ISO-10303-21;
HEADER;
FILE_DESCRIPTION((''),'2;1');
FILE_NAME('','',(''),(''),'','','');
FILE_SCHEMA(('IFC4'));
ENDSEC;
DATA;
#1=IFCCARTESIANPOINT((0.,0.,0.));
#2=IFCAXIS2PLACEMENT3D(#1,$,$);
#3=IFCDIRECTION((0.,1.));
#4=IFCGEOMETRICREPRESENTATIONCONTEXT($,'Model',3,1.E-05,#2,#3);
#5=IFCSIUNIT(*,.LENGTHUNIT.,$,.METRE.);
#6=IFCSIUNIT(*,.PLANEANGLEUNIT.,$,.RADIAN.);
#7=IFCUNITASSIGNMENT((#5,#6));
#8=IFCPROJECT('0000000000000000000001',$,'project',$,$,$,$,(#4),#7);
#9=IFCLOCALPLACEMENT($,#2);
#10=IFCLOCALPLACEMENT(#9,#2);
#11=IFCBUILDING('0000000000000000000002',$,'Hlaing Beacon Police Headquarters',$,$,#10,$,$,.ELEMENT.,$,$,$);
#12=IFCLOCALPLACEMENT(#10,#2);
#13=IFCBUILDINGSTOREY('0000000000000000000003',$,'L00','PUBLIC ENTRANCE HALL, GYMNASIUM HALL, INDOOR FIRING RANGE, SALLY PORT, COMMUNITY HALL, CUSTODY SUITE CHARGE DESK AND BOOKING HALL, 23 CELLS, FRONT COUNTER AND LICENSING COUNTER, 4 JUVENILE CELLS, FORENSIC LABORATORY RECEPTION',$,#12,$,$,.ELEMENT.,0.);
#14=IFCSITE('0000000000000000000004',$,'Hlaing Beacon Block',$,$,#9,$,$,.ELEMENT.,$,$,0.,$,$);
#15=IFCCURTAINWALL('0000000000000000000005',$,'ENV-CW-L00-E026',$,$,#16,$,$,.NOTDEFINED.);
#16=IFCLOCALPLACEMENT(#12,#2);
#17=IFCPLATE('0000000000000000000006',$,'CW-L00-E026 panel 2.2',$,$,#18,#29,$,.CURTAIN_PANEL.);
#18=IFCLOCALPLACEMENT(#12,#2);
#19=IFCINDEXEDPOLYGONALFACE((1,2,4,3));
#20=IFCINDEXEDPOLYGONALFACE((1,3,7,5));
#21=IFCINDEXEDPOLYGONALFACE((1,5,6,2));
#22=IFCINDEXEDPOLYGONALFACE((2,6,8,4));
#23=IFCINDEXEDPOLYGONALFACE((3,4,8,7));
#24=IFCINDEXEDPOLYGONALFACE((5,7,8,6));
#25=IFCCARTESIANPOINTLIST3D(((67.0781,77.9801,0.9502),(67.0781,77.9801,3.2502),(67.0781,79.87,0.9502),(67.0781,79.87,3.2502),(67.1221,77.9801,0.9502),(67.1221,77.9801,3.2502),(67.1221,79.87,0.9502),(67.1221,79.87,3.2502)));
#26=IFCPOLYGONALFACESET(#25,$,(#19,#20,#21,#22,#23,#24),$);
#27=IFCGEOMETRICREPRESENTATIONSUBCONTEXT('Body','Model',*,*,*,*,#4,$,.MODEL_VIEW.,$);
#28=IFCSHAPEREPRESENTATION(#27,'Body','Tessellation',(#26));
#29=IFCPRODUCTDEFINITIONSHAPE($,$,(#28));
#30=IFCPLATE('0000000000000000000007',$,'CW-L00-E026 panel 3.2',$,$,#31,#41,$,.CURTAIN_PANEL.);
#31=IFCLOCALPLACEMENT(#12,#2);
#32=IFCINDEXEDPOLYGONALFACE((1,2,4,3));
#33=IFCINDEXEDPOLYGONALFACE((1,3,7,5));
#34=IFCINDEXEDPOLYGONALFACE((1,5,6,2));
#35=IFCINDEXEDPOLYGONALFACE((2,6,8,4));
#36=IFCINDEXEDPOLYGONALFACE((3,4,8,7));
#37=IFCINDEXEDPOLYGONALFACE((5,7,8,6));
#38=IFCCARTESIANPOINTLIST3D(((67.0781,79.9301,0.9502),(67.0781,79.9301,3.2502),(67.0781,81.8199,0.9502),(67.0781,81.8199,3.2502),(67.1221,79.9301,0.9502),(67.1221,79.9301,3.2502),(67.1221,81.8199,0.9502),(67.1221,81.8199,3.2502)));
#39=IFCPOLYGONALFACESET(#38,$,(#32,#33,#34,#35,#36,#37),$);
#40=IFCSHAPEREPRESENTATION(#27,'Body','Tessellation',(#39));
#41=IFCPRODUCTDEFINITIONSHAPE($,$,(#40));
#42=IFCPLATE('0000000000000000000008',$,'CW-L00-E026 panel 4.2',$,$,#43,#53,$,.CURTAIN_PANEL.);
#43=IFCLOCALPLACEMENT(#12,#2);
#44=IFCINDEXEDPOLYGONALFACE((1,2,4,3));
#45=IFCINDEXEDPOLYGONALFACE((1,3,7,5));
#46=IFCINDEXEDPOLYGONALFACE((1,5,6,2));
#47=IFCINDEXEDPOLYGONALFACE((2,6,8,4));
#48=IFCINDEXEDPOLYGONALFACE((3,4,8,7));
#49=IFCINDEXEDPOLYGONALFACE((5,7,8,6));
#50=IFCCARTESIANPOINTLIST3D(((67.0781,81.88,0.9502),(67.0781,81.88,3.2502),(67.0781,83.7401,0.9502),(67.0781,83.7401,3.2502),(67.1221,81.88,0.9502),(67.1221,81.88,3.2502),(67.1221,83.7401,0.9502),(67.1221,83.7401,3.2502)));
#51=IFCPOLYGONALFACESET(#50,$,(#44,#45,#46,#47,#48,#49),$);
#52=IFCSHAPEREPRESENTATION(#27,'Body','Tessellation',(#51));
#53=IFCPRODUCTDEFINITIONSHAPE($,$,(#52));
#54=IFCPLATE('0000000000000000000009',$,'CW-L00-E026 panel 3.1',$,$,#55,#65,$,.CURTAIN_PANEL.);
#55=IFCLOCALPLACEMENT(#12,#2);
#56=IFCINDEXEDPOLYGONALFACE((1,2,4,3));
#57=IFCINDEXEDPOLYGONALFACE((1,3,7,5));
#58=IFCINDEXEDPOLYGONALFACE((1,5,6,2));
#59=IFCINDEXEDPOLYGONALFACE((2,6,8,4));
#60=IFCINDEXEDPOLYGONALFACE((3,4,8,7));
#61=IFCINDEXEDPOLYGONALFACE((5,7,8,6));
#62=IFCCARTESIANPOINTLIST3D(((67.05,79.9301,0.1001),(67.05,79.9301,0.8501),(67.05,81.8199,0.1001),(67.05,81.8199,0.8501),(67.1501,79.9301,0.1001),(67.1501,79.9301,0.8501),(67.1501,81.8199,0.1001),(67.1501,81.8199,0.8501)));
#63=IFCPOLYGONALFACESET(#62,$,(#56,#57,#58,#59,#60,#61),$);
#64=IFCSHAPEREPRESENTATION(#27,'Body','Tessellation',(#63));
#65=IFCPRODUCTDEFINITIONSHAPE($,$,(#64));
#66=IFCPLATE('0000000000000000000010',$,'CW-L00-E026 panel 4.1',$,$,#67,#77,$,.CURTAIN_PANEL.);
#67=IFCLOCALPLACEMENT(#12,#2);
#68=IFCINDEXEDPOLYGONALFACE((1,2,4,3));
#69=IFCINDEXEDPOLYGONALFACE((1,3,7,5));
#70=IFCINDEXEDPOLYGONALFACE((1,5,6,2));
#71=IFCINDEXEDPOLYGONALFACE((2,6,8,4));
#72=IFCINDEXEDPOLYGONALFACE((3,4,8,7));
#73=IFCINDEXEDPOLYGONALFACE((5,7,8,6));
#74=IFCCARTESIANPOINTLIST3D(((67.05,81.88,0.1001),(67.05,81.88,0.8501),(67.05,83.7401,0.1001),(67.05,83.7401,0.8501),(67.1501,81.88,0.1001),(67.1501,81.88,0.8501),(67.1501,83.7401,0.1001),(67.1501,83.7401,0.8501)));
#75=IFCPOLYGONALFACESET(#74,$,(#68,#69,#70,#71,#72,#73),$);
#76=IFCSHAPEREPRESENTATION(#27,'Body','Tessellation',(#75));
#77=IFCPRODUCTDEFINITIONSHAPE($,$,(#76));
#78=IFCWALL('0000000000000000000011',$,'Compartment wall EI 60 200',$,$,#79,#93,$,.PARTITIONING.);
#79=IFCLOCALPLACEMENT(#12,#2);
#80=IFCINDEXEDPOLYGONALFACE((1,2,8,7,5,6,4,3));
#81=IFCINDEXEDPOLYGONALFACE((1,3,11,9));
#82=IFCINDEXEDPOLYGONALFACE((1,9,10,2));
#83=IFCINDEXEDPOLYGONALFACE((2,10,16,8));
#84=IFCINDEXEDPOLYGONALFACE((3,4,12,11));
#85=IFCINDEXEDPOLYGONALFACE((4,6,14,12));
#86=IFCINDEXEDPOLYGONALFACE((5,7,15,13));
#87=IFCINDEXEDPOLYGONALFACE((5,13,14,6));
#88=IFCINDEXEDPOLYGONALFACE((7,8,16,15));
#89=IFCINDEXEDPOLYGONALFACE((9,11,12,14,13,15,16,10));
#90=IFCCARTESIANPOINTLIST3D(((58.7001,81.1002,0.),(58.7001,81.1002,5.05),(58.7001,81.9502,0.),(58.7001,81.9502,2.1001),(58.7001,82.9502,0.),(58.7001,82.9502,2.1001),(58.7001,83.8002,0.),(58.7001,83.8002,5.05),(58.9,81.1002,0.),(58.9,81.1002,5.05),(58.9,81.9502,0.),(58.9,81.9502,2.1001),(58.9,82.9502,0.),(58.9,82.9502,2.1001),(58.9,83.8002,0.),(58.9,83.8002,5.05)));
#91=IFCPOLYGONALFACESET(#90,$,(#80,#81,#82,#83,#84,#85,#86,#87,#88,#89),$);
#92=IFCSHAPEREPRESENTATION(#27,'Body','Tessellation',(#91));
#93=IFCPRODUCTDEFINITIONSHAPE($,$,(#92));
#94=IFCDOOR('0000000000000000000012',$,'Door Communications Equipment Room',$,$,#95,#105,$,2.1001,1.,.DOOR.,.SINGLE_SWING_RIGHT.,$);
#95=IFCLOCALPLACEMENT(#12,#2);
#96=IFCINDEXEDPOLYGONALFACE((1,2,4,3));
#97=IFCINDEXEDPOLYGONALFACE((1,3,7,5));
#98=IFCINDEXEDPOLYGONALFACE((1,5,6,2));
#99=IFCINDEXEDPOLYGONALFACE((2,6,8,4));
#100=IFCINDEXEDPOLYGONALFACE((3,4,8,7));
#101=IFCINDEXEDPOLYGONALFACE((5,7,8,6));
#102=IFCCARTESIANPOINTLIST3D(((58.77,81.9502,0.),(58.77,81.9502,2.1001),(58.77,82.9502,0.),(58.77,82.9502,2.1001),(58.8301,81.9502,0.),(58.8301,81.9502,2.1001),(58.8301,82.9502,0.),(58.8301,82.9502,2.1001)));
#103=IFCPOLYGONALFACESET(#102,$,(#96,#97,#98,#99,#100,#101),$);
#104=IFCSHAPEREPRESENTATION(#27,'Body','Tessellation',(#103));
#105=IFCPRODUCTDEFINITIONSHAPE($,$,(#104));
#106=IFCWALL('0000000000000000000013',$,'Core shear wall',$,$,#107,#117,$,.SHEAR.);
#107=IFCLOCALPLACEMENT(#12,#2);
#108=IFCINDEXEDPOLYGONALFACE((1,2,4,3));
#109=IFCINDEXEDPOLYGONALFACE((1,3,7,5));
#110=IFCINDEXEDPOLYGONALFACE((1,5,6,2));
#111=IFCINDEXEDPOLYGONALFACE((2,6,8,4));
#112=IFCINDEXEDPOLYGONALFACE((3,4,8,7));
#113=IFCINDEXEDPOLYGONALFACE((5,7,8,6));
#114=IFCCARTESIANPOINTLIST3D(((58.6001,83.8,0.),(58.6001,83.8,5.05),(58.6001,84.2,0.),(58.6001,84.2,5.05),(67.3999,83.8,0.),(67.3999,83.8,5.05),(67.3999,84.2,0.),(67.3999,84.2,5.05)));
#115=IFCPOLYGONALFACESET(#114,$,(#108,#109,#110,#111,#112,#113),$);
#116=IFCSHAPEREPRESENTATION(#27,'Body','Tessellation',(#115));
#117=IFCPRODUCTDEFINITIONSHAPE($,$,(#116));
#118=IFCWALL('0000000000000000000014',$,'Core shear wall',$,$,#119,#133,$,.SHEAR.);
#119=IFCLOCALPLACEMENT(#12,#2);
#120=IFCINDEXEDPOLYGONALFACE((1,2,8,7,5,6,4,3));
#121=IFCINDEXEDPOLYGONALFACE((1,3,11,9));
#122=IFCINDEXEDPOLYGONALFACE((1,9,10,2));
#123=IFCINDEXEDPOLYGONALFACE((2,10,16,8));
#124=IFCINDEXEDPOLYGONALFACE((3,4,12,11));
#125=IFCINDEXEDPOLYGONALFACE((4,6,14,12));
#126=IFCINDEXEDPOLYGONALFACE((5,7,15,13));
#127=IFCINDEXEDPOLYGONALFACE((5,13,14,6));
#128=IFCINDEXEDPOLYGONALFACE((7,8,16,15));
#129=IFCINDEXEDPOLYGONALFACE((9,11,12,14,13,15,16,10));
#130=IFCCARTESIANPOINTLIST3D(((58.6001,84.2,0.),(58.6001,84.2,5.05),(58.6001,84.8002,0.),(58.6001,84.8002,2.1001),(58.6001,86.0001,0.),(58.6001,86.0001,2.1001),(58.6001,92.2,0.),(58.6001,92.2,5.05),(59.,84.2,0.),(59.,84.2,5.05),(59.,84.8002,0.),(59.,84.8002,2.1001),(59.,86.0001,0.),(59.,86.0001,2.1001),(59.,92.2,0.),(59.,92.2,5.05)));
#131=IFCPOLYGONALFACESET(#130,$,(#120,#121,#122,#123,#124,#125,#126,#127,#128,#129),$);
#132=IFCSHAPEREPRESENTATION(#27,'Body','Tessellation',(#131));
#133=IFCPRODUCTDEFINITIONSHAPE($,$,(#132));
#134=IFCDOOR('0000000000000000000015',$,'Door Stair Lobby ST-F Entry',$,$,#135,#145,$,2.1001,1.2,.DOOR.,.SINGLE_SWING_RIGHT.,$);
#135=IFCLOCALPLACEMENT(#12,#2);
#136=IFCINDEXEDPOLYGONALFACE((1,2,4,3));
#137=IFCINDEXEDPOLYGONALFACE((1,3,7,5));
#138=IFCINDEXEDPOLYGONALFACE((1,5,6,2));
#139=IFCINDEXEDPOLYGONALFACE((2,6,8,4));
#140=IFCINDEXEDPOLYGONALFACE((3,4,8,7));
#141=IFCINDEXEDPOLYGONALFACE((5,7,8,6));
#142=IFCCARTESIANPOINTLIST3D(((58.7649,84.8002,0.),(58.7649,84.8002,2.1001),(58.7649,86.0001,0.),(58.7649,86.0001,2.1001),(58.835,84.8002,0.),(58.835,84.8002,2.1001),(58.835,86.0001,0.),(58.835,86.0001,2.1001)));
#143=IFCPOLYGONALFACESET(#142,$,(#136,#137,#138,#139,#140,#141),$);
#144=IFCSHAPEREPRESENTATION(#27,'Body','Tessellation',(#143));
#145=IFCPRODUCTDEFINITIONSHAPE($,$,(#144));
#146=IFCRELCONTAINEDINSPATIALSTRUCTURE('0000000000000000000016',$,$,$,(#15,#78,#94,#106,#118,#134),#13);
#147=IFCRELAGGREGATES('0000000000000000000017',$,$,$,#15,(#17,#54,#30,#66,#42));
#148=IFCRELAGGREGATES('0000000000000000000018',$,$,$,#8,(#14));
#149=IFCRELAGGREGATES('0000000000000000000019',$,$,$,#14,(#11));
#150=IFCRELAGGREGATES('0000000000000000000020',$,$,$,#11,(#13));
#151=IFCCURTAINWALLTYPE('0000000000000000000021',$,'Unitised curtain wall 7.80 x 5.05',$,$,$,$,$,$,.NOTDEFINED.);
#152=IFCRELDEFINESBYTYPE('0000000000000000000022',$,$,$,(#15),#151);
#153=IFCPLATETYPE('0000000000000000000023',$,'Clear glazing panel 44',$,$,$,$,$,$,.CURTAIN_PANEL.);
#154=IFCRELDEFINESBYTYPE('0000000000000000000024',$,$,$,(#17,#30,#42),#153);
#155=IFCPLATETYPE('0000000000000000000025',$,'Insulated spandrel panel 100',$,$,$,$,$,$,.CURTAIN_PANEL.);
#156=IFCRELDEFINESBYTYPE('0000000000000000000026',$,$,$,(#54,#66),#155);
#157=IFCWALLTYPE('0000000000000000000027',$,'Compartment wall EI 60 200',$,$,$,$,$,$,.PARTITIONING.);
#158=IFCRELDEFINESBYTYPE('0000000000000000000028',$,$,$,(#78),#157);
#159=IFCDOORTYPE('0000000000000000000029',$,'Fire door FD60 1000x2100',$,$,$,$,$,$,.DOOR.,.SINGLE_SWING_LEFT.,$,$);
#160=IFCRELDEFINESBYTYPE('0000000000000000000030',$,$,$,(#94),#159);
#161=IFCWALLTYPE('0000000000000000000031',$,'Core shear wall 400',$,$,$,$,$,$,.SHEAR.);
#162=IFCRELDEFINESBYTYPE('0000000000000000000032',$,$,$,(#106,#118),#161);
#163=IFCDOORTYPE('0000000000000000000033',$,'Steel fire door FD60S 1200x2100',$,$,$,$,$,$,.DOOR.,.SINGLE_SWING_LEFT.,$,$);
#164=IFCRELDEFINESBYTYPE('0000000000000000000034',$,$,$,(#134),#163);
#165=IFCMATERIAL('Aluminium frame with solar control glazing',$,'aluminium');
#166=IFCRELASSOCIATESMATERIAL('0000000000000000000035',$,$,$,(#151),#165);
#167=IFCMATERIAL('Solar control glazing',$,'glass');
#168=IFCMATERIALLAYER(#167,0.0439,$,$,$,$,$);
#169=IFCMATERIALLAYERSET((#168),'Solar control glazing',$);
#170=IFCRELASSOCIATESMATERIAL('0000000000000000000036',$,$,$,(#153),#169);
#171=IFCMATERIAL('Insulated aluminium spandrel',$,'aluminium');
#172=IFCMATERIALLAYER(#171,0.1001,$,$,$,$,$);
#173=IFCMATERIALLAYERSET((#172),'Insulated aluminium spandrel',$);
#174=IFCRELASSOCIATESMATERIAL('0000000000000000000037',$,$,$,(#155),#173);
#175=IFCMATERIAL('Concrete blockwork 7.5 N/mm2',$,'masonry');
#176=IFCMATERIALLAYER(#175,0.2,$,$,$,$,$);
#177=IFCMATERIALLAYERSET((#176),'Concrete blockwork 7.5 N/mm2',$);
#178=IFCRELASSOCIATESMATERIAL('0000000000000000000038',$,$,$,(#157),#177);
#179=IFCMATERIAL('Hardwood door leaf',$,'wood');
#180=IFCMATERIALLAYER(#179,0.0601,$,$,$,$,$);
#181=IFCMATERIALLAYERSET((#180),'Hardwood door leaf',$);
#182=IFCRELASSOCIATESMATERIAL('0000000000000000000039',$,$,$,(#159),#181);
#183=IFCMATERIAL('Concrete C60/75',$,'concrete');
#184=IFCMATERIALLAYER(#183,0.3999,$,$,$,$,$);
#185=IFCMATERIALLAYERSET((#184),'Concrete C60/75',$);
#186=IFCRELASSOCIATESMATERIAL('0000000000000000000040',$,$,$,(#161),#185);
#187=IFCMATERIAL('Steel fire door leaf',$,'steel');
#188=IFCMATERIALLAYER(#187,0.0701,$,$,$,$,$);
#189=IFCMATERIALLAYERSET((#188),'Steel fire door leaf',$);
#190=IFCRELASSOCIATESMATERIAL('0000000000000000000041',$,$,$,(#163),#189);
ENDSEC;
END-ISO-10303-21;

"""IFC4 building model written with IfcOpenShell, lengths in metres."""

from ifc_helpers import new_model, si_unit, direction, frame, frame_2d, origin, origin_2d, place, context, subcontext, project, spatial, rectangle, extrude, material, layer, layer_set, type_object, element, fill, aggregate, save


model = new_model("IFC4")

# Units and contexts
model_context = context("Model", 3, precision=1e-05, world=origin(), true_north=direction((0.0, 1.0)))
body_context = subcontext(model_context, "Body", "Model", "MODEL_VIEW")
ifc_project = project(units=[si_unit("LENGTHUNIT", "METRE"), si_unit("PLANEANGLEUNIT", "RADIAN")], contexts=[model_context])

# Site, building, storey
site_placement = place(None, origin())
site = spatial("IfcSite", under=ifc_project, at=site_placement, Name="Hlaing Beacon Block", CompositionType="ELEMENT", RefElevation=0.0)
building_placement = place(site_placement, origin())
building = spatial("IfcBuilding", under=site, at=building_placement, Name="Hlaing Beacon Police Headquarters", CompositionType="ELEMENT")
storey_placement = place(building_placement, origin())
storey = spatial("IfcBuildingStorey", under=building, at=storey_placement, Name="L00", Description="PUBLIC ENTRANCE HALL, GYMNASIUM HALL, INDOOR FIRING RANGE, SALLY PORT, COMMUNITY HALL, CUSTODY SUITE CHARGE DESK AND BOOKING HALL, 23 CELLS, FRONT COUNTER AND LICENSING COUNTER, 4 JUVENILE CELLS, FORENSIC LABORATORY RECEPTION", CompositionType="ELEMENT", Elevation=0.0)

# Curtain wall, plates
ifc_material_1 = material(Name="Aluminium frame with solar control glazing", Category="aluminium")
curtain_wall_type = type_object("IfcCurtainWallType", Name="Unitised curtain wall 7.80 x 5.05", PredefinedType="NOTDEFINED", material=ifc_material_1)
curtain_wall_placement = place(storey_placement, origin())
curtain_wall = element("IfcCurtainWall", 1, at=curtain_wall_placement, inside=storey, type_object=curtain_wall_type, Name="ENV-CW-L00-E026", PredefinedType="NOTDEFINED")
ifc_material_2 = material(Name="Solar control glazing", Category="glass")
ifc_layer_1 = layer(ifc_material_2, 0.0439)
ifc_layer_set_1 = layer_set([ifc_layer_1], Name="Solar control glazing")
plate_type_1 = type_object("IfcPlateType", Name="Clear glazing panel 44", PredefinedType="CURTAIN_PANEL", material=ifc_layer_set_1)
plate_1_placement = place(storey_placement, frame((67.1001, 78.925, 0.9502), z_axis=(0.0, 0.0, 1.0), x_axis=(0.0, 1.0, 0.0)))
plate_1 = element("IfcPlate", 2, at=plate_1_placement, type_object=plate_type_1, Name="CW-L00-E026 panel 2.2", PredefinedType="CURTAIN_PANEL", context=body_context, shape_type="SweptSolid", body=[
    extrude(rectangle(XDim=1.8899, YDim=0.0439, at=origin_2d()), origin(), (0.0, 0.0, 1.0), 2.3),
])
plate_2_placement = place(storey_placement, frame((67.1001, 80.875, 0.9502), z_axis=(0.0, 0.0, 1.0), x_axis=(0.0, 1.0, 0.0)))
plate_2 = element("IfcPlate", 3, at=plate_2_placement, type_object=plate_type_1, Name="CW-L00-E026 panel 3.2", PredefinedType="CURTAIN_PANEL", context=body_context, shape_type="SweptSolid", body=[
    extrude(rectangle(XDim=1.8899, YDim=0.0439, at=origin_2d()), origin(), (0.0, 0.0, 1.0), 2.3),
])
plate_3_placement = place(storey_placement, frame((67.1001, 82.8101, 0.9502), z_axis=(0.0, 0.0, 1.0), x_axis=(0.0, 1.0, 0.0)))
plate_3 = element("IfcPlate", 4, at=plate_3_placement, type_object=plate_type_1, Name="CW-L00-E026 panel 4.2", PredefinedType="CURTAIN_PANEL", context=body_context, shape_type="SweptSolid", body=[
    extrude(rectangle(XDim=1.8601, YDim=0.0439, at=origin_2d()), origin(), (0.0, 0.0, 1.0), 2.3),
])
ifc_material_3 = material(Name="Insulated aluminium spandrel", Category="aluminium")
ifc_layer_2 = layer(ifc_material_3, 0.1001)
ifc_layer_set_2 = layer_set([ifc_layer_2], Name="Insulated aluminium spandrel")
plate_type_2 = type_object("IfcPlateType", Name="Insulated spandrel panel 100", PredefinedType="CURTAIN_PANEL", material=ifc_layer_set_2)
plate_4_placement = place(storey_placement, frame((67.1001, 80.875, 0.1001), z_axis=(0.0, 0.0, 1.0), x_axis=(0.0, 1.0, 0.0)))
plate_4 = element("IfcPlate", 5, at=plate_4_placement, type_object=plate_type_2, Name="CW-L00-E026 panel 3.1", PredefinedType="CURTAIN_PANEL", context=body_context, shape_type="SweptSolid", body=[
    extrude(rectangle(XDim=1.8899, YDim=0.1001, at=origin_2d()), origin(), (0.0, 0.0, 1.0), 0.75),
])
plate_5_placement = place(storey_placement, frame((67.1001, 82.8101, 0.1001), z_axis=(0.0, 0.0, 1.0), x_axis=(0.0, 1.0, 0.0)))
plate_5 = element("IfcPlate", 6, at=plate_5_placement, type_object=plate_type_2, Name="CW-L00-E026 panel 4.1", PredefinedType="CURTAIN_PANEL", context=body_context, shape_type="SweptSolid", body=[
    extrude(rectangle(XDim=1.8601, YDim=0.1001, at=origin_2d()), origin(), (0.0, 0.0, 1.0), 0.75),
])
aggregate(curtain_wall, [plate_1, plate_4, plate_2, plate_5, plate_3])

# Wall, opening, door
ifc_material_4 = material(Name="Concrete blockwork 7.5 N/mm2", Category="masonry")
ifc_layer_3 = layer(ifc_material_4, 0.2)
ifc_layer_set_3 = layer_set([ifc_layer_3], Name="Concrete blockwork 7.5 N/mm2")
wall_type_1 = type_object("IfcWallType", Name="Compartment wall EI 60 200", PredefinedType="PARTITIONING", material=ifc_layer_set_3)
wall_1_placement = place(storey_placement, frame((58.8, 81.1001, 0.0), z_axis=(0.0, 0.0, 1.0), x_axis=(0.0, 1.0, 0.0)))
wall_1 = element("IfcWall", 7, at=wall_1_placement, inside=storey, type_object=wall_type_1, Name="Compartment wall EI 60 200", PredefinedType="PARTITIONING", context=body_context, shape_type="SweptSolid", body=[
    extrude(rectangle(XDim=2.7, YDim=0.2, at=frame_2d((1.3501, 0.0))), origin(), (0.0, 0.0, 1.0), 5.05),
])
opening_1_placement = place(wall_1_placement, frame((0.8501, 0.0, 0.0)))
opening_1 = element("IfcOpeningElement", 8, at=opening_1_placement, cuts=wall_1, PredefinedType="OPENING", context=body_context, shape_type="SweptSolid", body=[
    extrude(rectangle(XDim=1.0, YDim=2.1001, at=frame_2d((0.5, 1.05))), frame((0.0, 0.1099, 0.0), z_axis=(0.0, -1.0, 0.0), x_axis=(1.0, 0.0, 0.0)), (0.0, 0.0, 1.0), 0.22),
])
ifc_material_5 = material(Name="Hardwood door leaf", Category="wood")
ifc_layer_4 = layer(ifc_material_5, 0.0601)
ifc_layer_set_4 = layer_set([ifc_layer_4], Name="Hardwood door leaf")
door_type_1 = type_object("IfcDoorType", Name="Fire door FD60 1000x2100", OperationType="SINGLE_SWING_LEFT", PredefinedType="DOOR", material=ifc_layer_set_4)
door_1_placement = place(opening_1_placement, frame((1.0, 0.0, 0.0), z_axis=(0.0, 0.0, 1.0), x_axis=(-1.0, 0.0, 0.0)))
door_1 = element("IfcDoor", 9, at=door_1_placement, inside=storey, type_object=door_type_1, Name="Door Communications Equipment Room", OperationType="SINGLE_SWING_RIGHT", OverallHeight=2.1001, OverallWidth=1.0, PredefinedType="DOOR", context=body_context, shape_type="SweptSolid", body=[
    extrude(rectangle(XDim=1.0, YDim=2.1001, at=frame_2d((0.5, 1.05))), frame((0.0, 0.03, 0.0), z_axis=(0.0, -1.0, 0.0), x_axis=(1.0, 0.0, 0.0)), (0.0, 0.0, 1.0), 0.0601),
])
fill(opening_1, door_1)

# Wall
ifc_material_6 = material(Name="Concrete C60/75", Category="concrete")
ifc_layer_5 = layer(ifc_material_6, 0.3999)
ifc_layer_set_5 = layer_set([ifc_layer_5], Name="Concrete C60/75")
wall_type_2 = type_object("IfcWallType", Name="Core shear wall 400", PredefinedType="SHEAR", material=ifc_layer_set_5)
wall_2_placement = place(storey_placement, frame((58.6001, 84.0, 0.0), z_axis=(0.0, 0.0, 1.0), x_axis=(1.0, 0.0, 0.0)))
element("IfcWall", 10, at=wall_2_placement, inside=storey, type_object=wall_type_2, Name="Core shear wall", PredefinedType="SHEAR", context=body_context, shape_type="SweptSolid", body=[
    extrude(rectangle(XDim=8.7998, YDim=0.3999, at=frame_2d((4.3999, 0.0))), origin(), (0.0, 0.0, 1.0), 5.05),
])

# Wall, opening, door
wall_3_placement = place(storey_placement, frame((58.8, 84.2, 0.0), z_axis=(0.0, 0.0, 1.0), x_axis=(0.0, 1.0, 0.0)))
wall_3 = element("IfcWall", 11, at=wall_3_placement, inside=storey, type_object=wall_type_2, Name="Core shear wall", PredefinedType="SHEAR", context=body_context, shape_type="SweptSolid", body=[
    extrude(rectangle(XDim=8.0, YDim=0.3999, at=frame_2d((4.0, 0.0))), origin(), (0.0, 0.0, 1.0), 5.05),
])
opening_2_placement = place(wall_3_placement, frame((0.6001, 0.0, 0.0)))
opening_2 = element("IfcOpeningElement", 12, at=opening_2_placement, cuts=wall_3, PredefinedType="OPENING", context=body_context, shape_type="SweptSolid", body=[
    extrude(rectangle(XDim=1.2, YDim=2.1001, at=frame_2d((0.6001, 1.05))), frame((0.0, 0.21, 0.0), z_axis=(0.0, -1.0, 0.0), x_axis=(1.0, 0.0, 0.0)), (0.0, 0.0, 1.0), 0.4199),
])
ifc_material_7 = material(Name="Steel fire door leaf", Category="steel")
ifc_layer_6 = layer(ifc_material_7, 0.0701)
ifc_layer_set_6 = layer_set([ifc_layer_6], Name="Steel fire door leaf")
door_type_2 = type_object("IfcDoorType", Name="Steel fire door FD60S 1200x2100", OperationType="SINGLE_SWING_LEFT", PredefinedType="DOOR", material=ifc_layer_set_6)
door_2_placement = place(opening_2_placement, frame((1.2, 0.0, 0.0), z_axis=(0.0, 0.0, 1.0), x_axis=(-1.0, 0.0, 0.0)))
door_2 = element("IfcDoor", 13, at=door_2_placement, inside=storey, type_object=door_type_2, Name="Door Stair Lobby ST-F Entry", OperationType="SINGLE_SWING_RIGHT", OverallHeight=2.1001, OverallWidth=1.2, PredefinedType="DOOR", context=body_context, shape_type="SweptSolid", body=[
    extrude(rectangle(XDim=1.2, YDim=2.1001, at=frame_2d((0.5999, 1.05))), frame((0.0, 0.0349, 0.0), z_axis=(0.0, -1.0, 0.0), x_axis=(1.0, 0.0, 0.0)), (0.0, 0.0, 1.0), 0.0701),
])
fill(opening_2, door_2)

save(model, "model.ifc")
